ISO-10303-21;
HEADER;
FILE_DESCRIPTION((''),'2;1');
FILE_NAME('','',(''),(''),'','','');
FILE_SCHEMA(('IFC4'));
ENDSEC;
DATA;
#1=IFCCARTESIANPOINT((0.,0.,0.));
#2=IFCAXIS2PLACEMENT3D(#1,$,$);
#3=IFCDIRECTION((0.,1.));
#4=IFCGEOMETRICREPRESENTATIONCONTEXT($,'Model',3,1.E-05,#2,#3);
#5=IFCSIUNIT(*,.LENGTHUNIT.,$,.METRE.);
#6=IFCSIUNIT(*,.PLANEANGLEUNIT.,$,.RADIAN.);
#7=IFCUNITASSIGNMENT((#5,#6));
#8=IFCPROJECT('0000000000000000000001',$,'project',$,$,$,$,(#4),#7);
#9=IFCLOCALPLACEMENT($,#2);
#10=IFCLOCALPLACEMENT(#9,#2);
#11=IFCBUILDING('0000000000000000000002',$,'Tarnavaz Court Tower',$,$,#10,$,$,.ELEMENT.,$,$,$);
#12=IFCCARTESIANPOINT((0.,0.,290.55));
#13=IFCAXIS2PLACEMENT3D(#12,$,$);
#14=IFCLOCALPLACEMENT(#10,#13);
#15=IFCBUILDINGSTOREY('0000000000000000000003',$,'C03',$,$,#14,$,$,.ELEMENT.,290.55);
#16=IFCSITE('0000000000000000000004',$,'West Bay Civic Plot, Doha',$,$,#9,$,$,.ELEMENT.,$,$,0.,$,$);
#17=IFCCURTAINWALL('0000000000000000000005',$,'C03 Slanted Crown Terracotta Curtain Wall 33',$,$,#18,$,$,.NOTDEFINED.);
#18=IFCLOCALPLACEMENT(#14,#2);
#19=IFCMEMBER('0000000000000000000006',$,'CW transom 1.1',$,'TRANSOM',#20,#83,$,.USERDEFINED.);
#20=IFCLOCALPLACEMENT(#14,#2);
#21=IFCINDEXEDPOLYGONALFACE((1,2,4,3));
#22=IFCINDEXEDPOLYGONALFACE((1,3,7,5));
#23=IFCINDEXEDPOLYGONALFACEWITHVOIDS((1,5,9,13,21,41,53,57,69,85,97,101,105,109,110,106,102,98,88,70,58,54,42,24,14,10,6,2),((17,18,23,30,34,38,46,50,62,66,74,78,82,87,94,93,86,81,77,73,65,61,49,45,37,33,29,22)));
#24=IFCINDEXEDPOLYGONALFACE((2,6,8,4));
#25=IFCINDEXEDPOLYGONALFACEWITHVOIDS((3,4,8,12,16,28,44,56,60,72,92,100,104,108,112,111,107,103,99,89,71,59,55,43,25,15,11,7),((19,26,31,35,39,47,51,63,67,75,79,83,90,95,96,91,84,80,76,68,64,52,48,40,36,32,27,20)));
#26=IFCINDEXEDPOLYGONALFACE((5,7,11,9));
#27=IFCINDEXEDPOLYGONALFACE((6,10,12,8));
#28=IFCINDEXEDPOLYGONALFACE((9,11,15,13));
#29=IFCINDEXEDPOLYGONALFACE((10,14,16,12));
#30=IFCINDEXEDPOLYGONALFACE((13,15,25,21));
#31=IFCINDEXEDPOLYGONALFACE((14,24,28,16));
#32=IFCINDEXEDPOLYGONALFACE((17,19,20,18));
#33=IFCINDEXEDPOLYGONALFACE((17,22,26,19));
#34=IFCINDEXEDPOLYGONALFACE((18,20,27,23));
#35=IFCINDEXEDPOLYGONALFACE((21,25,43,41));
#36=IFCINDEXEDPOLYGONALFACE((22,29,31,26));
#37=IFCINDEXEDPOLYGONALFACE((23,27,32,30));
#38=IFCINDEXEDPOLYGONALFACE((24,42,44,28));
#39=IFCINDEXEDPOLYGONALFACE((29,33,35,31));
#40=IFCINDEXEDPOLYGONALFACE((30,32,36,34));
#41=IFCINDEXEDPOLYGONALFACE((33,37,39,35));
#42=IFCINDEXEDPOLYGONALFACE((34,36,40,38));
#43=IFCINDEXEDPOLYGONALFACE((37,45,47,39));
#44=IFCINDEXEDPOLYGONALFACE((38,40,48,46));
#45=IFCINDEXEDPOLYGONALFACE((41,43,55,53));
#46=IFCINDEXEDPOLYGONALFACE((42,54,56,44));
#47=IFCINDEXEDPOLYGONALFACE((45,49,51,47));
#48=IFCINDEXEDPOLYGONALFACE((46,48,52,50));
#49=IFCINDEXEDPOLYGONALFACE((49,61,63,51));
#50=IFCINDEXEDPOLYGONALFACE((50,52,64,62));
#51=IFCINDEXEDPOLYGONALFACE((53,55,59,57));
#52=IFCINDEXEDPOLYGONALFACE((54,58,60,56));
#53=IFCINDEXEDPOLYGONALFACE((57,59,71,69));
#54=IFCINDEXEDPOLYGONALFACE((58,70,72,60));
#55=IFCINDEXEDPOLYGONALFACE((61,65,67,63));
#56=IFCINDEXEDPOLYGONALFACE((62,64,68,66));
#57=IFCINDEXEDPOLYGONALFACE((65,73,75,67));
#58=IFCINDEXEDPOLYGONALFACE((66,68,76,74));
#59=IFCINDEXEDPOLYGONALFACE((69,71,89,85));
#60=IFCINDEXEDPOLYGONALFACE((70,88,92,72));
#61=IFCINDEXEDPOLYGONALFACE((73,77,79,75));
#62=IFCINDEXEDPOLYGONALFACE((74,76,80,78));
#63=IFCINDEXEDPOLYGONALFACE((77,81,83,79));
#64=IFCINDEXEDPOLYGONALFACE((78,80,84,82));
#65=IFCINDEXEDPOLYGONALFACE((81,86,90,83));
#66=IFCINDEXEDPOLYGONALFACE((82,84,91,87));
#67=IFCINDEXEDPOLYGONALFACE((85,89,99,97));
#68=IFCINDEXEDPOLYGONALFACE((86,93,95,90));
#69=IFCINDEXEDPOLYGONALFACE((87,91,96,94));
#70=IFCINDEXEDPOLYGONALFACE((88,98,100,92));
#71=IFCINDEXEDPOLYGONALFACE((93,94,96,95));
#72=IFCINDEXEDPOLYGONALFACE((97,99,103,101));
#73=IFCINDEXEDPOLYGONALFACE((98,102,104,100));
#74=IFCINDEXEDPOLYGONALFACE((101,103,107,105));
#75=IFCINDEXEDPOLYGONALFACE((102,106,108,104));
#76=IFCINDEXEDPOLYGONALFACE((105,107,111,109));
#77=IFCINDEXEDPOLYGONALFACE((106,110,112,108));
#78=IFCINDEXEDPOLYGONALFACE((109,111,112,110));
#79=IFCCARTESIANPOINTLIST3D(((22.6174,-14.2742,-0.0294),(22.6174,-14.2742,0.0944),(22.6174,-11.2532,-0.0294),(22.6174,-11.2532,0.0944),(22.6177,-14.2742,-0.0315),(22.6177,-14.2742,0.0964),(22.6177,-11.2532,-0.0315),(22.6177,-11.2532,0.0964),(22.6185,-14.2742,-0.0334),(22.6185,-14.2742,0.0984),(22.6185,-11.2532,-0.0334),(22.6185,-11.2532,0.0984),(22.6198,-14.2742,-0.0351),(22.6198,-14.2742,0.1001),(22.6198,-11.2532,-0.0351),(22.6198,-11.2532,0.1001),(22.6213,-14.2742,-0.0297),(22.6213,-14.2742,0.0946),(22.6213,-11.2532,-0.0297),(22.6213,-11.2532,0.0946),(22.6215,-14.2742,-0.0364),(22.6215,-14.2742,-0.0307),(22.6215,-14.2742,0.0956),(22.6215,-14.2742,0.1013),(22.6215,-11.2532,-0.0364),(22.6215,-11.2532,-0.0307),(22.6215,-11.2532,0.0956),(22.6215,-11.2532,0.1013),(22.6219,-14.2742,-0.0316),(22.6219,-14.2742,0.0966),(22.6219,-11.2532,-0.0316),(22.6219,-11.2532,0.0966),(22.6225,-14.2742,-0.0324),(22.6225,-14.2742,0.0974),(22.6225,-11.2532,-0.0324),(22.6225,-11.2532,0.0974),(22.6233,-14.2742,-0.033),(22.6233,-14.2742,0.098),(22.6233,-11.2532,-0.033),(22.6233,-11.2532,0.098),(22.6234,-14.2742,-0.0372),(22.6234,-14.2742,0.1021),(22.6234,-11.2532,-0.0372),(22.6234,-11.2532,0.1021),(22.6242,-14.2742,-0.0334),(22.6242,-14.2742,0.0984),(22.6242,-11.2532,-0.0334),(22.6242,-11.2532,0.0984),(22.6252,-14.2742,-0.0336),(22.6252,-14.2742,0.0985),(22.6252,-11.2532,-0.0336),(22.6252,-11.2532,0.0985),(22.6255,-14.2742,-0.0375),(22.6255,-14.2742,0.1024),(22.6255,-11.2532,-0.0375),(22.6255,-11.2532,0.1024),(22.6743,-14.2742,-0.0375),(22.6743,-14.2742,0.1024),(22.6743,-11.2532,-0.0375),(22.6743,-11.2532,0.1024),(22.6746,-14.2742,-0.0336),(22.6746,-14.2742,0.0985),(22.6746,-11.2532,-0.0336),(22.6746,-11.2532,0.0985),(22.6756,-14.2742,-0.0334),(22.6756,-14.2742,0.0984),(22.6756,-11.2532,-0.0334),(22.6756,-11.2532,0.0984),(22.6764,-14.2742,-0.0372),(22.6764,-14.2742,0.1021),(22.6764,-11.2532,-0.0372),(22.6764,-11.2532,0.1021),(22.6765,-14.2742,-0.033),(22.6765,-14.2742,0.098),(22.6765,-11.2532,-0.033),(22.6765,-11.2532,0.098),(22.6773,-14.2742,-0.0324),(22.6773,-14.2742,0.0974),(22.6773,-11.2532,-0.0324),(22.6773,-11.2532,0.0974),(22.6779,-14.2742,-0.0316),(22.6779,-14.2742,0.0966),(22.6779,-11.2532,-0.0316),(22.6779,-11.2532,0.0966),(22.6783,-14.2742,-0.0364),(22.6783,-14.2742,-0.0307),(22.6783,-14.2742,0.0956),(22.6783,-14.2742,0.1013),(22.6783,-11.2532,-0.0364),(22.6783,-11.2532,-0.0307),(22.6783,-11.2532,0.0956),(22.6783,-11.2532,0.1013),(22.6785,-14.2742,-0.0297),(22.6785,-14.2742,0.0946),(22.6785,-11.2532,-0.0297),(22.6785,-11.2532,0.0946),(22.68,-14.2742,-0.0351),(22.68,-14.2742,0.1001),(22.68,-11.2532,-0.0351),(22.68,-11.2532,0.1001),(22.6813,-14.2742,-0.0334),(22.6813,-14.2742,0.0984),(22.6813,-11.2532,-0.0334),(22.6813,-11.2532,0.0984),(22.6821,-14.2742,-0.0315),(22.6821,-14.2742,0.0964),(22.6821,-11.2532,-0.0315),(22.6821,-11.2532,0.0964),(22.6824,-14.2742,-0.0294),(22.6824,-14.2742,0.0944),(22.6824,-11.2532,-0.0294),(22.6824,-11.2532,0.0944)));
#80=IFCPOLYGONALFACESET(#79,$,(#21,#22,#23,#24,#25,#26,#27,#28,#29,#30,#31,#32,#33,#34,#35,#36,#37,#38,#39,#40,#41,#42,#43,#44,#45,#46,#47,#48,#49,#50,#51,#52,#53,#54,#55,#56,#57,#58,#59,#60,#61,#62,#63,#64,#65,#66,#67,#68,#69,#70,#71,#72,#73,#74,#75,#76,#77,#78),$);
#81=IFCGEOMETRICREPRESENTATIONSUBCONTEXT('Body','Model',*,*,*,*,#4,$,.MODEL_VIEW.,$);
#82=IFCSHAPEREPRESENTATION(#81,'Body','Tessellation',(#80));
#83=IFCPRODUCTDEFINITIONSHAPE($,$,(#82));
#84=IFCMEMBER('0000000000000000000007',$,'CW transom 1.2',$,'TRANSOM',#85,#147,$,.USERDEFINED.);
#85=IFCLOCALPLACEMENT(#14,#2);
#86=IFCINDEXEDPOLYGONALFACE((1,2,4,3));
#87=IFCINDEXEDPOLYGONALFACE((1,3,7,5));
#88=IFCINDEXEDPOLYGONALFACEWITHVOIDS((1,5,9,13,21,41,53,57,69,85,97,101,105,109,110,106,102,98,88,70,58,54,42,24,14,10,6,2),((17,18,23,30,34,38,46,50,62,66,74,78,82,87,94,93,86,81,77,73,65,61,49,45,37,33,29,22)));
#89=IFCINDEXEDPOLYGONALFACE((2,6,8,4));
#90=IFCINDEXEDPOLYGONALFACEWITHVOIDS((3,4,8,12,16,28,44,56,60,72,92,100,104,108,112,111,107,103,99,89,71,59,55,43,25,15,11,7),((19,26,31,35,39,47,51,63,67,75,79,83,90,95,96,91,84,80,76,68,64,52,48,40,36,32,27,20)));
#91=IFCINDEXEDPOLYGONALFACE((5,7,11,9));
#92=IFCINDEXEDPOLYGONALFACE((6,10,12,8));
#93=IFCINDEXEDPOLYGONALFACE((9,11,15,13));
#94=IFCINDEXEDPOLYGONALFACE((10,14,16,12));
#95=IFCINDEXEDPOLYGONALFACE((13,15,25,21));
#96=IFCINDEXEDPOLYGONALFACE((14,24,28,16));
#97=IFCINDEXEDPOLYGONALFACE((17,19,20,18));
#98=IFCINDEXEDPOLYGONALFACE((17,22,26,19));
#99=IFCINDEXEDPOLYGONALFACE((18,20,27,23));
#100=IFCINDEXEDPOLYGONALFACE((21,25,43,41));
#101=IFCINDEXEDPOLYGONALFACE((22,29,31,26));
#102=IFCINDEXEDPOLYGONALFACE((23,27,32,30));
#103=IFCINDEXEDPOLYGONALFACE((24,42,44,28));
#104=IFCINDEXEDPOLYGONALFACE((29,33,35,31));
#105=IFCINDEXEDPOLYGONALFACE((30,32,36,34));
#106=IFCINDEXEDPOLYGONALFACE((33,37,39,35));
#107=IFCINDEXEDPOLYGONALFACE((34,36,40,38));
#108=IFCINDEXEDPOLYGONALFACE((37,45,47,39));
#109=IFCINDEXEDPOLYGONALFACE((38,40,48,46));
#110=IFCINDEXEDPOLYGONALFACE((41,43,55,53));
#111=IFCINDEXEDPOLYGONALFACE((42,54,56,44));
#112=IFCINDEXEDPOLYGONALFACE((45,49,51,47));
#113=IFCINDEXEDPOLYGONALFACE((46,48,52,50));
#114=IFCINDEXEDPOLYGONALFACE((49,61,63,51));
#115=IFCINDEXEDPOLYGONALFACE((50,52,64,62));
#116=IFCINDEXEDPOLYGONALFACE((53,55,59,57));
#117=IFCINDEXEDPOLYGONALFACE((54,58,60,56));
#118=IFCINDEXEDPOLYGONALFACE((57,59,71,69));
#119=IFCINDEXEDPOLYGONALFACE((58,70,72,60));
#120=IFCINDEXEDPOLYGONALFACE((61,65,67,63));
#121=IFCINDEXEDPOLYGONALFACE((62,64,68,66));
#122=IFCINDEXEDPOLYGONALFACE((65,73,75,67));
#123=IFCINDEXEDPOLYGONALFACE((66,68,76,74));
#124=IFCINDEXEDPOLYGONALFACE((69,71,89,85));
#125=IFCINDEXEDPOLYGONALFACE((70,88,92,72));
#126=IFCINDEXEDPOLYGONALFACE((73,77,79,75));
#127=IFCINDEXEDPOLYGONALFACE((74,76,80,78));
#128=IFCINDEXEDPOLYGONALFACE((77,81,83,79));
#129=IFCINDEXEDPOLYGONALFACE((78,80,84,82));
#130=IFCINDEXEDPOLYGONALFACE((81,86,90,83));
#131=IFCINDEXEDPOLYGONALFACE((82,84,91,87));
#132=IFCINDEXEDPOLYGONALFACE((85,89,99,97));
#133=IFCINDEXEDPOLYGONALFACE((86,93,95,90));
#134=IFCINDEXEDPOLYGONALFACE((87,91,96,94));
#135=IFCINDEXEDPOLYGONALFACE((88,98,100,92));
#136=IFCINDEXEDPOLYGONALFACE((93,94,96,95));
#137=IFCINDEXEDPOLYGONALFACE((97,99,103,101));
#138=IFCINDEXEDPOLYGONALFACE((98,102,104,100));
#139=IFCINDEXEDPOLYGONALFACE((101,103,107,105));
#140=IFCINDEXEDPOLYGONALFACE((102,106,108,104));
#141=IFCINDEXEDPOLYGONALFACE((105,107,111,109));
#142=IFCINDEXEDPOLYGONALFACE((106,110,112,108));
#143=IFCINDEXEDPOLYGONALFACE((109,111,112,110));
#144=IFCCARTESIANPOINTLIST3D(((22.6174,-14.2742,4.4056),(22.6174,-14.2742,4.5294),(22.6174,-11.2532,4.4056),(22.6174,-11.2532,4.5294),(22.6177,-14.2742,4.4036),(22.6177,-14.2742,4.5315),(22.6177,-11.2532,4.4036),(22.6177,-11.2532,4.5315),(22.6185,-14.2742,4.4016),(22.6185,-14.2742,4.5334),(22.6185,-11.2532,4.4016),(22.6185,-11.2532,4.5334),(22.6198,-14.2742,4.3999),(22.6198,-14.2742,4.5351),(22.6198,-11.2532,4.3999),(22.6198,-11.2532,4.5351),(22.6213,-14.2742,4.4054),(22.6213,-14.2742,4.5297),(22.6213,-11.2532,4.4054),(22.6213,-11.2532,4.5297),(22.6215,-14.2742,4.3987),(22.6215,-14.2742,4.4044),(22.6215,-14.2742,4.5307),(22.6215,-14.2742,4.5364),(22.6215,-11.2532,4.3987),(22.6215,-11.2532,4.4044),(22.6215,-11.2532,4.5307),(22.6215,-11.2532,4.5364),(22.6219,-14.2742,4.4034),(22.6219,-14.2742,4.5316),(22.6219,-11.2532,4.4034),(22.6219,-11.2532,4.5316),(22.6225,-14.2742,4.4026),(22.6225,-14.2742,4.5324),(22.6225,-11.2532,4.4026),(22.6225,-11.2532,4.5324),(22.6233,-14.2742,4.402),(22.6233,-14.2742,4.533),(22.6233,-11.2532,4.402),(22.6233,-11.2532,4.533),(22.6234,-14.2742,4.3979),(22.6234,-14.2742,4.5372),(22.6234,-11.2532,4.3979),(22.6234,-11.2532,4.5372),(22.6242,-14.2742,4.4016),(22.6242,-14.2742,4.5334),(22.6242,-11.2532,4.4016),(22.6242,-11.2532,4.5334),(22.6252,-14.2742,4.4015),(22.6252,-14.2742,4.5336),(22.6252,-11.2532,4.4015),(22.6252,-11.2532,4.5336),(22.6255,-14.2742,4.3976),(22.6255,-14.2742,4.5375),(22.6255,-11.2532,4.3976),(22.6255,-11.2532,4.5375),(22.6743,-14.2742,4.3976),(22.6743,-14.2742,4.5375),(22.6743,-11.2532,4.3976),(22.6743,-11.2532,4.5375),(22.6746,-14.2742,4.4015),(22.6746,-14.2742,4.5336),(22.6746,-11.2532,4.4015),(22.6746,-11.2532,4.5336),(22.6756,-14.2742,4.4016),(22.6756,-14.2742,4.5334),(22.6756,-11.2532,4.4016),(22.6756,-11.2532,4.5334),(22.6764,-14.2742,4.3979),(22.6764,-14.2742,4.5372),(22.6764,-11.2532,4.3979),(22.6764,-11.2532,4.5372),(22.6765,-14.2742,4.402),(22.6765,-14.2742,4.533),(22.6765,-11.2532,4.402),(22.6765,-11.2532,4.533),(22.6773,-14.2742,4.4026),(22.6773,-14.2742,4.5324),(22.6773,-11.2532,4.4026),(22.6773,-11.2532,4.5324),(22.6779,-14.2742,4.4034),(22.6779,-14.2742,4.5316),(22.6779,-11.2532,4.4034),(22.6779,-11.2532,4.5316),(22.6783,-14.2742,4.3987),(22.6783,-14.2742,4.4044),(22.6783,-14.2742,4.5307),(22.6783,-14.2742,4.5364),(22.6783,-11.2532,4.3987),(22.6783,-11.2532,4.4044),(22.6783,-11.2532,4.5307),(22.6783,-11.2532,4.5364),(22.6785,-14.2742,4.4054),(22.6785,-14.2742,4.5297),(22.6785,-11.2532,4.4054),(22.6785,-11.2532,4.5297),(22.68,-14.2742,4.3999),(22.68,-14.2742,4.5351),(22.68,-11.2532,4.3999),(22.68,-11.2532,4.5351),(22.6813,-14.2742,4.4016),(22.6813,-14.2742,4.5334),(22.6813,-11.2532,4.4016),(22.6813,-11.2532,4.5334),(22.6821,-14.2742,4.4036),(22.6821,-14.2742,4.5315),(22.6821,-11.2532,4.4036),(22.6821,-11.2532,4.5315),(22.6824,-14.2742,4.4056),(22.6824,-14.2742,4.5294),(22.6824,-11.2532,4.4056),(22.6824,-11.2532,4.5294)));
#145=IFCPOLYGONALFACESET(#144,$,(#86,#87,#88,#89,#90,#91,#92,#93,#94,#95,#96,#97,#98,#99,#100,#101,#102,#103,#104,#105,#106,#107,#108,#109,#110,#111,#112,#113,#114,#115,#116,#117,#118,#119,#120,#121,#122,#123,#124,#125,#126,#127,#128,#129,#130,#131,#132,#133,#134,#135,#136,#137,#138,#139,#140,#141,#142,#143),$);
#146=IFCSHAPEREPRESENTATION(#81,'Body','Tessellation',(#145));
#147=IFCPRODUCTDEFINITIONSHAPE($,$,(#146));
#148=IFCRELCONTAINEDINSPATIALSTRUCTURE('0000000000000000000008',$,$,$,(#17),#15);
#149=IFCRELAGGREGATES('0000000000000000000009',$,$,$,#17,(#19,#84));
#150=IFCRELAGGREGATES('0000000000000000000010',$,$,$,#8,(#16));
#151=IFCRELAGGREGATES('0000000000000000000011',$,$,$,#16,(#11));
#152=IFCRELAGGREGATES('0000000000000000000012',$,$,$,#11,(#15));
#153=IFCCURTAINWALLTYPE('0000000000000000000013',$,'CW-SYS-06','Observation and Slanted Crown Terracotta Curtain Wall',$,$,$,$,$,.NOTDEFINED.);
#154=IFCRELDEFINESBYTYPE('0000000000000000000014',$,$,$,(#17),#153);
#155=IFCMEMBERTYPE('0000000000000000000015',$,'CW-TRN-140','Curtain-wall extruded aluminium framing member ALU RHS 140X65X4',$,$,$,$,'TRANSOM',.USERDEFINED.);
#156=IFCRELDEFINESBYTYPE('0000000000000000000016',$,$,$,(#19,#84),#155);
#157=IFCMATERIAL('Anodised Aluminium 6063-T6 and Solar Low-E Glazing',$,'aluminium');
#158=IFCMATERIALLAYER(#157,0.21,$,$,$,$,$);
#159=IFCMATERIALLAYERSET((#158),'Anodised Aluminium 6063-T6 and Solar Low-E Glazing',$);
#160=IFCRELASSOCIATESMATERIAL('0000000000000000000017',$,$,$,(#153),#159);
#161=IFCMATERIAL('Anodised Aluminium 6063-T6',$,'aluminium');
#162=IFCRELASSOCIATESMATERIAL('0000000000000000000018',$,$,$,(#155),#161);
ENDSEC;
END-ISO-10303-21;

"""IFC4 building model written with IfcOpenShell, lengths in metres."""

from ifc_helpers import new_model, si_unit, direction, frame, origin, origin_2d, place, context, subcontext, project, spatial, hollow_rectangle, extrude, material, layer, layer_set, material_profile, profile_set, type_object, element, aggregate, save


model = new_model("IFC4")

# Units and contexts
model_context = context("Model", 3, precision=1e-05, world=origin(), true_north=direction((0.0, 1.0)))
body_context = subcontext(model_context, "Body", "Model", "MODEL_VIEW")
ifc_project = project(units=[si_unit("LENGTHUNIT", "METRE"), si_unit("PLANEANGLEUNIT", "RADIAN")], contexts=[model_context])

# Site, building, storey
site_placement = place(None, origin())
site = spatial("IfcSite", under=ifc_project, at=site_placement, Name="West Bay Civic Plot, Doha", CompositionType="ELEMENT", RefElevation=0.0)
building_placement = place(site_placement, origin())
building = spatial("IfcBuilding", under=site, at=building_placement, Name="Tarnavaz Court Tower", CompositionType="ELEMENT")
storey_placement = place(building_placement, frame((0.0, 0.0, 290.55)))
storey = spatial("IfcBuildingStorey", under=building, at=storey_placement, Name="C03", CompositionType="ELEMENT", Elevation=290.55)

# Shared definitions
ifc_material_1 = material(Name="Anodised Aluminium 6063-T6 and Solar Low-E Glazing", Category="aluminium")
ifc_layer_1 = layer(ifc_material_1, 0.21)
ifc_layer_set_1 = layer_set([ifc_layer_1], Name="Anodised Aluminium 6063-T6 and Solar Low-E Glazing")
curtain_wall_type = type_object("IfcCurtainWallType", Name="CW-SYS-06", Description="Observation and Slanted Crown Terracotta Curtain Wall", PredefinedType="NOTDEFINED", material=ifc_layer_set_1)
ifc_material_2 = material(Name="Anodised Aluminium 6063-T6", Category="aluminium")

# Curtain wall
curtain_wall_1_placement = place(storey_placement, origin())
curtain_wall_1 = element("IfcCurtainWall", 1, at=curtain_wall_1_placement, inside=storey, type_object=curtain_wall_type, Name="C03 Slanted Crown Terracotta Curtain Wall 33", PredefinedType="NOTDEFINED")

# Members
ifc_material_profile_1 = material_profile(ifc_material_2, hollow_rectangle(XDim=0.0649, YDim=0.1399, WallThickness=0.0039, InnerFilletRadius=0.0039, OuterFilletRadius=0.0081, at=origin_2d()), Name="ALU RHS 140X65X4")
ifc_profile_set_1 = profile_set([ifc_material_profile_1], Name="Anodised Aluminium 6063-T6")
member_type_1 = type_object("IfcMemberType", Name="CW-TRN-140", Description="Curtain-wall extruded aluminium framing member ALU RHS 140X65X4", ElementType="TRANSOM", PredefinedType="USERDEFINED", material=ifc_profile_set_1)
member_1_placement = place(storey_placement, frame((22.6499, -11.2532, 0.0325), z_axis=(0.0, -1.0, 0.0), x_axis=(1.0, 0.0, 0.0)))
member_1 = element("IfcMember", 2, at=member_1_placement, type_object=member_type_1, Name="CW transom 1.1", ObjectType="TRANSOM", PredefinedType="USERDEFINED", context=body_context, shape_type="SweptSolid", body=[
    extrude(hollow_rectangle(XDim=0.0649, YDim=0.1399, WallThickness=0.0039, InnerFilletRadius=0.0039, OuterFilletRadius=0.0081, at=origin_2d()), origin(), (0.0, 0.0, 1.0), 3.021),
])
member_2_placement = place(storey_placement, frame((22.6499, -11.2532, 4.4675), z_axis=(0.0, -1.0, 0.0), x_axis=(1.0, 0.0, 0.0)))
member_2 = element("IfcMember", 3, at=member_2_placement, type_object=member_type_1, Name="CW transom 1.2", ObjectType="TRANSOM", PredefinedType="USERDEFINED", context=body_context, shape_type="SweptSolid", body=[
    extrude(hollow_rectangle(XDim=0.0649, YDim=0.1399, WallThickness=0.0039, InnerFilletRadius=0.0039, OuterFilletRadius=0.0081, at=origin_2d()), origin(), (0.0, 0.0, 1.0), 3.021),
])

aggregate(curtain_wall_1, [member_1, member_2])

save(model, "model.ifc")
